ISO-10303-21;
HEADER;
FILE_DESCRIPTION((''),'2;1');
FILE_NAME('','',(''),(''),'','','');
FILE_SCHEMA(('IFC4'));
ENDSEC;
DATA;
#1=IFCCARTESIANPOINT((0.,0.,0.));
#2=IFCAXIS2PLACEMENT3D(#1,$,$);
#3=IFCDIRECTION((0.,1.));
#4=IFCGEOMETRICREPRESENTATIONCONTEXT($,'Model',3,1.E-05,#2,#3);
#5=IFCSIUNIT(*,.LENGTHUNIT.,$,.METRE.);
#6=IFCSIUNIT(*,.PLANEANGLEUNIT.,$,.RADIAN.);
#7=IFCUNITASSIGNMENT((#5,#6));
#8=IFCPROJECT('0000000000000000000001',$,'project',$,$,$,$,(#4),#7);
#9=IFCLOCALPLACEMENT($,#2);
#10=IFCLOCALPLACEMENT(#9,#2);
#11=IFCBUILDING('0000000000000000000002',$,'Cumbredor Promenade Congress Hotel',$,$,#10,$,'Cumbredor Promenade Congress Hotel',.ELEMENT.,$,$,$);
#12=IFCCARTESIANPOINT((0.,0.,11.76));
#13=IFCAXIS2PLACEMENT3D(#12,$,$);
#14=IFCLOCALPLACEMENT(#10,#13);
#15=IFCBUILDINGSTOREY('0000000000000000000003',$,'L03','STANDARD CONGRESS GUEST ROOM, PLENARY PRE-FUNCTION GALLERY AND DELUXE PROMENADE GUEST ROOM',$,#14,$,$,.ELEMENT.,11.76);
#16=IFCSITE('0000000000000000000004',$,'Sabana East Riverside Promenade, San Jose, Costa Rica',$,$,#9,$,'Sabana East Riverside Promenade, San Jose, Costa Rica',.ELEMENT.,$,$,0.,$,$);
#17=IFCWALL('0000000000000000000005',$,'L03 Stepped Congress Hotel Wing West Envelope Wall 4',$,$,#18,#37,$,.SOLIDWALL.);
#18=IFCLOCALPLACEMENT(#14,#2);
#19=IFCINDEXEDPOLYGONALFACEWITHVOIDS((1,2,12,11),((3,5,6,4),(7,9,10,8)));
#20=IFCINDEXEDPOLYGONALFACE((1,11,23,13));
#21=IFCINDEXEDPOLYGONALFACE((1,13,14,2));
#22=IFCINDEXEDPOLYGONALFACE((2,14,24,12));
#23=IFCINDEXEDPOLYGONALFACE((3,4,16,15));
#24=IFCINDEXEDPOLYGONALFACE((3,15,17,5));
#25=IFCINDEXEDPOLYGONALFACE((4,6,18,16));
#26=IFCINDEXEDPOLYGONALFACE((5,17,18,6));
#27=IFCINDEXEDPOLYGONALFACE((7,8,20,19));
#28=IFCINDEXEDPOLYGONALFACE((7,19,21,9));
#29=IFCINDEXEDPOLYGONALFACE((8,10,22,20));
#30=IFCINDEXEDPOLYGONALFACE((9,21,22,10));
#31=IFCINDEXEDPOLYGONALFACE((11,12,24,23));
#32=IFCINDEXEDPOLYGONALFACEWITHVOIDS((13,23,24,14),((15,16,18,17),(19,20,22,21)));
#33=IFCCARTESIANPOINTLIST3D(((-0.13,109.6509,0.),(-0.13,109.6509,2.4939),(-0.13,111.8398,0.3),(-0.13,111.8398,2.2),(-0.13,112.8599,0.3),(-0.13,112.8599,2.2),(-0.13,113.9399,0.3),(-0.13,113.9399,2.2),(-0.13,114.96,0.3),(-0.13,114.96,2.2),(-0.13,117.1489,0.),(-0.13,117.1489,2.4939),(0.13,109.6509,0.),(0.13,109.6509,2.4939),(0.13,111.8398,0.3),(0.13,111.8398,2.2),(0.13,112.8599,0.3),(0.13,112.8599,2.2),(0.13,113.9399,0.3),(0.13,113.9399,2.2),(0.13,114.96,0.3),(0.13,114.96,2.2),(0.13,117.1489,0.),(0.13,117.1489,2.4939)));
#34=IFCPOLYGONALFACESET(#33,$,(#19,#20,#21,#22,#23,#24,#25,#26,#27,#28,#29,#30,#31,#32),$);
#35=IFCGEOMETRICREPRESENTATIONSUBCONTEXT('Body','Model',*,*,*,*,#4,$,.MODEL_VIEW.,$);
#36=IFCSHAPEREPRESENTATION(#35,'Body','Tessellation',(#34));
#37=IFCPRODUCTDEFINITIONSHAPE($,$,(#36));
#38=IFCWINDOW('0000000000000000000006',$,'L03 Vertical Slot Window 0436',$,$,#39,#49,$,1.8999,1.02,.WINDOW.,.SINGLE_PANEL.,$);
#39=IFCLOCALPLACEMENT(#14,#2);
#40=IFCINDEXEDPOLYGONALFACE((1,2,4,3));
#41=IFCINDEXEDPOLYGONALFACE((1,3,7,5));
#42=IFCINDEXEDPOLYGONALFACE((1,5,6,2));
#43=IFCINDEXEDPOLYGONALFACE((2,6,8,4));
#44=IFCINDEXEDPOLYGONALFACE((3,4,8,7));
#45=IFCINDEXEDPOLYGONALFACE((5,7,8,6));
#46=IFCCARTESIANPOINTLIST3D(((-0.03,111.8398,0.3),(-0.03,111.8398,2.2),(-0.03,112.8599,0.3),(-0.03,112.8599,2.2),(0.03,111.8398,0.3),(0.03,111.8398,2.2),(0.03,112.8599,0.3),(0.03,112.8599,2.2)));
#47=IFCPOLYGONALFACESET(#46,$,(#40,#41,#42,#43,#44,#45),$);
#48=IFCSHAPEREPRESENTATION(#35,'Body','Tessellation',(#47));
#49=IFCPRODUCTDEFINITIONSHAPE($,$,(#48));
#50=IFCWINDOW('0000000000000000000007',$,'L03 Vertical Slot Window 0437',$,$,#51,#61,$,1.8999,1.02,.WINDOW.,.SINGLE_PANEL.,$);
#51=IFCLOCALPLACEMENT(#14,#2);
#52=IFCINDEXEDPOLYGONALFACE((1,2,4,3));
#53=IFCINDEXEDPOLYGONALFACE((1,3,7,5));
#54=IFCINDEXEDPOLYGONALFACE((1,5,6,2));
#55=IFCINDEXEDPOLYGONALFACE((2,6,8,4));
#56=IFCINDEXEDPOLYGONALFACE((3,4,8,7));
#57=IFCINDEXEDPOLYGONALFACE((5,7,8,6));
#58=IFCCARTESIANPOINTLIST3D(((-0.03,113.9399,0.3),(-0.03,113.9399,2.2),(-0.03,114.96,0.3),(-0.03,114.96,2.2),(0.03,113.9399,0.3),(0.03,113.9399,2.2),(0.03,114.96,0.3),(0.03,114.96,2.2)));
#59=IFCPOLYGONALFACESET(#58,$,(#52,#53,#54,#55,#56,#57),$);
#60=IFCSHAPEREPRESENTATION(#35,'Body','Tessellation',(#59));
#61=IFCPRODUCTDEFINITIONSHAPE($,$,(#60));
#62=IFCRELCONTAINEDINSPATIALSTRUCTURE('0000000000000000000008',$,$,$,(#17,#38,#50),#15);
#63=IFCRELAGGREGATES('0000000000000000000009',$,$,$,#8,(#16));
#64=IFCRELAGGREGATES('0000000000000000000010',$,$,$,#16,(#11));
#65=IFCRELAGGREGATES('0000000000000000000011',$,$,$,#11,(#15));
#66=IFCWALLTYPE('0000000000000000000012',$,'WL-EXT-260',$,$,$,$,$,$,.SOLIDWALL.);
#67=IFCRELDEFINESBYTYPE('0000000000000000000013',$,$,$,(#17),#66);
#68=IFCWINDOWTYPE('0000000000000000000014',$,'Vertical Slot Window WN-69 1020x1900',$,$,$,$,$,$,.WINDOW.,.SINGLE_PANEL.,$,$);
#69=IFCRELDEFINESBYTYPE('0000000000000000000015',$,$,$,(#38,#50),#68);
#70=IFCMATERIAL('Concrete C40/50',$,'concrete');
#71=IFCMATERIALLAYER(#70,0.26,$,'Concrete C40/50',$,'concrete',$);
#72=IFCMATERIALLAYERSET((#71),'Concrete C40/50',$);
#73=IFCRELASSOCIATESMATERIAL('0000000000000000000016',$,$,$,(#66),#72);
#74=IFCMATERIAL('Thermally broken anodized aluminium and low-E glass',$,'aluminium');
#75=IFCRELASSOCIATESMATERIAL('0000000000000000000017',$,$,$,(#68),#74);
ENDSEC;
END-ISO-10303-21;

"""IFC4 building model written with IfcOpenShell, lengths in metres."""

from ifc_helpers import new_model, si_unit, direction, frame, frame_2d, origin, place, context, subcontext, project, spatial, rectangle, extrude, material, layer, layer_set, type_object, element, fill, save


model = new_model("IFC4")

# Units and contexts
model_context = context("Model", 3, precision=1e-05, world=origin(), true_north=direction((0.0, 1.0)))
body_context = subcontext(model_context, "Body", "Model", "MODEL_VIEW")
ifc_project = project(units=[si_unit("LENGTHUNIT", "METRE"), si_unit("PLANEANGLEUNIT", "RADIAN")], contexts=[model_context])

# Site, building, storey
site_placement = place(None, origin())
site = spatial("IfcSite", under=ifc_project, at=site_placement, Name="Sabana East Riverside Promenade, San Jose, Costa Rica", LongName="Sabana East Riverside Promenade, San Jose, Costa Rica", CompositionType="ELEMENT", RefElevation=0.0)
building_placement = place(site_placement, origin())
building = spatial("IfcBuilding", under=site, at=building_placement, Name="Cumbredor Promenade Congress Hotel", LongName="Cumbredor Promenade Congress Hotel", CompositionType="ELEMENT")
storey_placement = place(building_placement, frame((0.0, 0.0, 11.76)))
storey = spatial("IfcBuildingStorey", under=building, at=storey_placement, Name="L03", Description="STANDARD CONGRESS GUEST ROOM, PLENARY PRE-FUNCTION GALLERY AND DELUXE PROMENADE GUEST ROOM", CompositionType="ELEMENT", Elevation=11.76)

# Shared definitions
ifc_material_1 = material(Name="Concrete C40/50", Category="concrete")

# Shared definitions
ifc_material_2 = material(Name="Thermally broken anodized aluminium and low-E glass", Category="aluminium")

# Wall, openings, windows
ifc_layer_1 = layer(ifc_material_1, 0.26, Name="Concrete C40/50", Category="concrete")
ifc_layer_set_1 = layer_set([ifc_layer_1], Name="Concrete C40/50")
wall_type_1 = type_object("IfcWallType", Name="WL-EXT-260", PredefinedType="SOLIDWALL", material=ifc_layer_set_1)
wall_1_placement = place(storey_placement, frame((0.0, 109.6509, 0.0), z_axis=(0.0, 0.0, 1.0), x_axis=(0.0, 1.0, 0.0)))
wall_1 = element("IfcWall", 1, at=wall_1_placement, inside=storey, type_object=wall_type_1, Name="L03 Stepped Congress Hotel Wing West Envelope Wall 4", PredefinedType="SOLIDWALL", context=body_context, shape_type="SweptSolid", body=[
    extrude(rectangle(XDim=7.498, YDim=0.26, at=frame_2d((3.749, 0.0))), origin(), (0.0, 0.0, 1.0), 2.4939),
])
opening_1_placement = place(wall_1_placement, frame((2.189, 0.0, 0.3)))
opening_1 = element("IfcOpeningElement", 2, at=opening_1_placement, cuts=wall_1, PredefinedType="OPENING", context=body_context, shape_type="SweptSolid", body=[
    extrude(rectangle(XDim=1.02, YDim=1.8999, at=frame_2d((0.51, 0.95))), frame((0.0, 0.1401, 0.0), z_axis=(0.0, -1.0, 0.0), x_axis=(1.0, 0.0, 0.0)), (0.0, 0.0, 1.0), 0.28),
])
opening_2_placement = place(wall_1_placement, frame((4.2891, 0.0, 0.3)))
opening_2 = element("IfcOpeningElement", 3, at=opening_2_placement, cuts=wall_1, PredefinedType="OPENING", context=body_context, shape_type="SweptSolid", body=[
    extrude(rectangle(XDim=1.02, YDim=1.8999, at=frame_2d((0.51, 0.95))), frame((0.0, 0.1401, 0.0), z_axis=(0.0, -1.0, 0.0), x_axis=(1.0, 0.0, 0.0)), (0.0, 0.0, 1.0), 0.28),
])
window_type = type_object("IfcWindowType", Name="Vertical Slot Window WN-69 1020x1900", PartitioningType="SINGLE_PANEL", PredefinedType="WINDOW", material=ifc_material_2)
window_1_placement = place(opening_1_placement, origin())
window_1 = element("IfcWindow", 4, at=window_1_placement, inside=storey, type_object=window_type, Name="L03 Vertical Slot Window 0436", OverallHeight=1.8999, OverallWidth=1.02, PartitioningType="SINGLE_PANEL", PredefinedType="WINDOW", context=body_context, shape_type="SweptSolid", body=[
    extrude(rectangle(XDim=1.02, YDim=1.8999, at=frame_2d((0.51, 0.95))), frame((0.0, 0.03, 0.0), z_axis=(0.0, -1.0, 0.0), x_axis=(1.0, 0.0, 0.0)), (0.0, 0.0, 1.0), 0.0601),
])
fill(opening_1, window_1)
window_2_placement = place(opening_2_placement, origin())
window_2 = element("IfcWindow", 5, at=window_2_placement, inside=storey, type_object=window_type, Name="L03 Vertical Slot Window 0437", OverallHeight=1.8999, OverallWidth=1.02, PartitioningType="SINGLE_PANEL", PredefinedType="WINDOW", context=body_context, shape_type="SweptSolid", body=[
    extrude(rectangle(XDim=1.02, YDim=1.8999, at=frame_2d((0.51, 0.95))), frame((0.0, 0.03, 0.0), z_axis=(0.0, -1.0, 0.0), x_axis=(1.0, 0.0, 0.0)), (0.0, 0.0, 1.0), 0.0601),
])
fill(opening_2, window_2)

save(model, "model.ifc")
